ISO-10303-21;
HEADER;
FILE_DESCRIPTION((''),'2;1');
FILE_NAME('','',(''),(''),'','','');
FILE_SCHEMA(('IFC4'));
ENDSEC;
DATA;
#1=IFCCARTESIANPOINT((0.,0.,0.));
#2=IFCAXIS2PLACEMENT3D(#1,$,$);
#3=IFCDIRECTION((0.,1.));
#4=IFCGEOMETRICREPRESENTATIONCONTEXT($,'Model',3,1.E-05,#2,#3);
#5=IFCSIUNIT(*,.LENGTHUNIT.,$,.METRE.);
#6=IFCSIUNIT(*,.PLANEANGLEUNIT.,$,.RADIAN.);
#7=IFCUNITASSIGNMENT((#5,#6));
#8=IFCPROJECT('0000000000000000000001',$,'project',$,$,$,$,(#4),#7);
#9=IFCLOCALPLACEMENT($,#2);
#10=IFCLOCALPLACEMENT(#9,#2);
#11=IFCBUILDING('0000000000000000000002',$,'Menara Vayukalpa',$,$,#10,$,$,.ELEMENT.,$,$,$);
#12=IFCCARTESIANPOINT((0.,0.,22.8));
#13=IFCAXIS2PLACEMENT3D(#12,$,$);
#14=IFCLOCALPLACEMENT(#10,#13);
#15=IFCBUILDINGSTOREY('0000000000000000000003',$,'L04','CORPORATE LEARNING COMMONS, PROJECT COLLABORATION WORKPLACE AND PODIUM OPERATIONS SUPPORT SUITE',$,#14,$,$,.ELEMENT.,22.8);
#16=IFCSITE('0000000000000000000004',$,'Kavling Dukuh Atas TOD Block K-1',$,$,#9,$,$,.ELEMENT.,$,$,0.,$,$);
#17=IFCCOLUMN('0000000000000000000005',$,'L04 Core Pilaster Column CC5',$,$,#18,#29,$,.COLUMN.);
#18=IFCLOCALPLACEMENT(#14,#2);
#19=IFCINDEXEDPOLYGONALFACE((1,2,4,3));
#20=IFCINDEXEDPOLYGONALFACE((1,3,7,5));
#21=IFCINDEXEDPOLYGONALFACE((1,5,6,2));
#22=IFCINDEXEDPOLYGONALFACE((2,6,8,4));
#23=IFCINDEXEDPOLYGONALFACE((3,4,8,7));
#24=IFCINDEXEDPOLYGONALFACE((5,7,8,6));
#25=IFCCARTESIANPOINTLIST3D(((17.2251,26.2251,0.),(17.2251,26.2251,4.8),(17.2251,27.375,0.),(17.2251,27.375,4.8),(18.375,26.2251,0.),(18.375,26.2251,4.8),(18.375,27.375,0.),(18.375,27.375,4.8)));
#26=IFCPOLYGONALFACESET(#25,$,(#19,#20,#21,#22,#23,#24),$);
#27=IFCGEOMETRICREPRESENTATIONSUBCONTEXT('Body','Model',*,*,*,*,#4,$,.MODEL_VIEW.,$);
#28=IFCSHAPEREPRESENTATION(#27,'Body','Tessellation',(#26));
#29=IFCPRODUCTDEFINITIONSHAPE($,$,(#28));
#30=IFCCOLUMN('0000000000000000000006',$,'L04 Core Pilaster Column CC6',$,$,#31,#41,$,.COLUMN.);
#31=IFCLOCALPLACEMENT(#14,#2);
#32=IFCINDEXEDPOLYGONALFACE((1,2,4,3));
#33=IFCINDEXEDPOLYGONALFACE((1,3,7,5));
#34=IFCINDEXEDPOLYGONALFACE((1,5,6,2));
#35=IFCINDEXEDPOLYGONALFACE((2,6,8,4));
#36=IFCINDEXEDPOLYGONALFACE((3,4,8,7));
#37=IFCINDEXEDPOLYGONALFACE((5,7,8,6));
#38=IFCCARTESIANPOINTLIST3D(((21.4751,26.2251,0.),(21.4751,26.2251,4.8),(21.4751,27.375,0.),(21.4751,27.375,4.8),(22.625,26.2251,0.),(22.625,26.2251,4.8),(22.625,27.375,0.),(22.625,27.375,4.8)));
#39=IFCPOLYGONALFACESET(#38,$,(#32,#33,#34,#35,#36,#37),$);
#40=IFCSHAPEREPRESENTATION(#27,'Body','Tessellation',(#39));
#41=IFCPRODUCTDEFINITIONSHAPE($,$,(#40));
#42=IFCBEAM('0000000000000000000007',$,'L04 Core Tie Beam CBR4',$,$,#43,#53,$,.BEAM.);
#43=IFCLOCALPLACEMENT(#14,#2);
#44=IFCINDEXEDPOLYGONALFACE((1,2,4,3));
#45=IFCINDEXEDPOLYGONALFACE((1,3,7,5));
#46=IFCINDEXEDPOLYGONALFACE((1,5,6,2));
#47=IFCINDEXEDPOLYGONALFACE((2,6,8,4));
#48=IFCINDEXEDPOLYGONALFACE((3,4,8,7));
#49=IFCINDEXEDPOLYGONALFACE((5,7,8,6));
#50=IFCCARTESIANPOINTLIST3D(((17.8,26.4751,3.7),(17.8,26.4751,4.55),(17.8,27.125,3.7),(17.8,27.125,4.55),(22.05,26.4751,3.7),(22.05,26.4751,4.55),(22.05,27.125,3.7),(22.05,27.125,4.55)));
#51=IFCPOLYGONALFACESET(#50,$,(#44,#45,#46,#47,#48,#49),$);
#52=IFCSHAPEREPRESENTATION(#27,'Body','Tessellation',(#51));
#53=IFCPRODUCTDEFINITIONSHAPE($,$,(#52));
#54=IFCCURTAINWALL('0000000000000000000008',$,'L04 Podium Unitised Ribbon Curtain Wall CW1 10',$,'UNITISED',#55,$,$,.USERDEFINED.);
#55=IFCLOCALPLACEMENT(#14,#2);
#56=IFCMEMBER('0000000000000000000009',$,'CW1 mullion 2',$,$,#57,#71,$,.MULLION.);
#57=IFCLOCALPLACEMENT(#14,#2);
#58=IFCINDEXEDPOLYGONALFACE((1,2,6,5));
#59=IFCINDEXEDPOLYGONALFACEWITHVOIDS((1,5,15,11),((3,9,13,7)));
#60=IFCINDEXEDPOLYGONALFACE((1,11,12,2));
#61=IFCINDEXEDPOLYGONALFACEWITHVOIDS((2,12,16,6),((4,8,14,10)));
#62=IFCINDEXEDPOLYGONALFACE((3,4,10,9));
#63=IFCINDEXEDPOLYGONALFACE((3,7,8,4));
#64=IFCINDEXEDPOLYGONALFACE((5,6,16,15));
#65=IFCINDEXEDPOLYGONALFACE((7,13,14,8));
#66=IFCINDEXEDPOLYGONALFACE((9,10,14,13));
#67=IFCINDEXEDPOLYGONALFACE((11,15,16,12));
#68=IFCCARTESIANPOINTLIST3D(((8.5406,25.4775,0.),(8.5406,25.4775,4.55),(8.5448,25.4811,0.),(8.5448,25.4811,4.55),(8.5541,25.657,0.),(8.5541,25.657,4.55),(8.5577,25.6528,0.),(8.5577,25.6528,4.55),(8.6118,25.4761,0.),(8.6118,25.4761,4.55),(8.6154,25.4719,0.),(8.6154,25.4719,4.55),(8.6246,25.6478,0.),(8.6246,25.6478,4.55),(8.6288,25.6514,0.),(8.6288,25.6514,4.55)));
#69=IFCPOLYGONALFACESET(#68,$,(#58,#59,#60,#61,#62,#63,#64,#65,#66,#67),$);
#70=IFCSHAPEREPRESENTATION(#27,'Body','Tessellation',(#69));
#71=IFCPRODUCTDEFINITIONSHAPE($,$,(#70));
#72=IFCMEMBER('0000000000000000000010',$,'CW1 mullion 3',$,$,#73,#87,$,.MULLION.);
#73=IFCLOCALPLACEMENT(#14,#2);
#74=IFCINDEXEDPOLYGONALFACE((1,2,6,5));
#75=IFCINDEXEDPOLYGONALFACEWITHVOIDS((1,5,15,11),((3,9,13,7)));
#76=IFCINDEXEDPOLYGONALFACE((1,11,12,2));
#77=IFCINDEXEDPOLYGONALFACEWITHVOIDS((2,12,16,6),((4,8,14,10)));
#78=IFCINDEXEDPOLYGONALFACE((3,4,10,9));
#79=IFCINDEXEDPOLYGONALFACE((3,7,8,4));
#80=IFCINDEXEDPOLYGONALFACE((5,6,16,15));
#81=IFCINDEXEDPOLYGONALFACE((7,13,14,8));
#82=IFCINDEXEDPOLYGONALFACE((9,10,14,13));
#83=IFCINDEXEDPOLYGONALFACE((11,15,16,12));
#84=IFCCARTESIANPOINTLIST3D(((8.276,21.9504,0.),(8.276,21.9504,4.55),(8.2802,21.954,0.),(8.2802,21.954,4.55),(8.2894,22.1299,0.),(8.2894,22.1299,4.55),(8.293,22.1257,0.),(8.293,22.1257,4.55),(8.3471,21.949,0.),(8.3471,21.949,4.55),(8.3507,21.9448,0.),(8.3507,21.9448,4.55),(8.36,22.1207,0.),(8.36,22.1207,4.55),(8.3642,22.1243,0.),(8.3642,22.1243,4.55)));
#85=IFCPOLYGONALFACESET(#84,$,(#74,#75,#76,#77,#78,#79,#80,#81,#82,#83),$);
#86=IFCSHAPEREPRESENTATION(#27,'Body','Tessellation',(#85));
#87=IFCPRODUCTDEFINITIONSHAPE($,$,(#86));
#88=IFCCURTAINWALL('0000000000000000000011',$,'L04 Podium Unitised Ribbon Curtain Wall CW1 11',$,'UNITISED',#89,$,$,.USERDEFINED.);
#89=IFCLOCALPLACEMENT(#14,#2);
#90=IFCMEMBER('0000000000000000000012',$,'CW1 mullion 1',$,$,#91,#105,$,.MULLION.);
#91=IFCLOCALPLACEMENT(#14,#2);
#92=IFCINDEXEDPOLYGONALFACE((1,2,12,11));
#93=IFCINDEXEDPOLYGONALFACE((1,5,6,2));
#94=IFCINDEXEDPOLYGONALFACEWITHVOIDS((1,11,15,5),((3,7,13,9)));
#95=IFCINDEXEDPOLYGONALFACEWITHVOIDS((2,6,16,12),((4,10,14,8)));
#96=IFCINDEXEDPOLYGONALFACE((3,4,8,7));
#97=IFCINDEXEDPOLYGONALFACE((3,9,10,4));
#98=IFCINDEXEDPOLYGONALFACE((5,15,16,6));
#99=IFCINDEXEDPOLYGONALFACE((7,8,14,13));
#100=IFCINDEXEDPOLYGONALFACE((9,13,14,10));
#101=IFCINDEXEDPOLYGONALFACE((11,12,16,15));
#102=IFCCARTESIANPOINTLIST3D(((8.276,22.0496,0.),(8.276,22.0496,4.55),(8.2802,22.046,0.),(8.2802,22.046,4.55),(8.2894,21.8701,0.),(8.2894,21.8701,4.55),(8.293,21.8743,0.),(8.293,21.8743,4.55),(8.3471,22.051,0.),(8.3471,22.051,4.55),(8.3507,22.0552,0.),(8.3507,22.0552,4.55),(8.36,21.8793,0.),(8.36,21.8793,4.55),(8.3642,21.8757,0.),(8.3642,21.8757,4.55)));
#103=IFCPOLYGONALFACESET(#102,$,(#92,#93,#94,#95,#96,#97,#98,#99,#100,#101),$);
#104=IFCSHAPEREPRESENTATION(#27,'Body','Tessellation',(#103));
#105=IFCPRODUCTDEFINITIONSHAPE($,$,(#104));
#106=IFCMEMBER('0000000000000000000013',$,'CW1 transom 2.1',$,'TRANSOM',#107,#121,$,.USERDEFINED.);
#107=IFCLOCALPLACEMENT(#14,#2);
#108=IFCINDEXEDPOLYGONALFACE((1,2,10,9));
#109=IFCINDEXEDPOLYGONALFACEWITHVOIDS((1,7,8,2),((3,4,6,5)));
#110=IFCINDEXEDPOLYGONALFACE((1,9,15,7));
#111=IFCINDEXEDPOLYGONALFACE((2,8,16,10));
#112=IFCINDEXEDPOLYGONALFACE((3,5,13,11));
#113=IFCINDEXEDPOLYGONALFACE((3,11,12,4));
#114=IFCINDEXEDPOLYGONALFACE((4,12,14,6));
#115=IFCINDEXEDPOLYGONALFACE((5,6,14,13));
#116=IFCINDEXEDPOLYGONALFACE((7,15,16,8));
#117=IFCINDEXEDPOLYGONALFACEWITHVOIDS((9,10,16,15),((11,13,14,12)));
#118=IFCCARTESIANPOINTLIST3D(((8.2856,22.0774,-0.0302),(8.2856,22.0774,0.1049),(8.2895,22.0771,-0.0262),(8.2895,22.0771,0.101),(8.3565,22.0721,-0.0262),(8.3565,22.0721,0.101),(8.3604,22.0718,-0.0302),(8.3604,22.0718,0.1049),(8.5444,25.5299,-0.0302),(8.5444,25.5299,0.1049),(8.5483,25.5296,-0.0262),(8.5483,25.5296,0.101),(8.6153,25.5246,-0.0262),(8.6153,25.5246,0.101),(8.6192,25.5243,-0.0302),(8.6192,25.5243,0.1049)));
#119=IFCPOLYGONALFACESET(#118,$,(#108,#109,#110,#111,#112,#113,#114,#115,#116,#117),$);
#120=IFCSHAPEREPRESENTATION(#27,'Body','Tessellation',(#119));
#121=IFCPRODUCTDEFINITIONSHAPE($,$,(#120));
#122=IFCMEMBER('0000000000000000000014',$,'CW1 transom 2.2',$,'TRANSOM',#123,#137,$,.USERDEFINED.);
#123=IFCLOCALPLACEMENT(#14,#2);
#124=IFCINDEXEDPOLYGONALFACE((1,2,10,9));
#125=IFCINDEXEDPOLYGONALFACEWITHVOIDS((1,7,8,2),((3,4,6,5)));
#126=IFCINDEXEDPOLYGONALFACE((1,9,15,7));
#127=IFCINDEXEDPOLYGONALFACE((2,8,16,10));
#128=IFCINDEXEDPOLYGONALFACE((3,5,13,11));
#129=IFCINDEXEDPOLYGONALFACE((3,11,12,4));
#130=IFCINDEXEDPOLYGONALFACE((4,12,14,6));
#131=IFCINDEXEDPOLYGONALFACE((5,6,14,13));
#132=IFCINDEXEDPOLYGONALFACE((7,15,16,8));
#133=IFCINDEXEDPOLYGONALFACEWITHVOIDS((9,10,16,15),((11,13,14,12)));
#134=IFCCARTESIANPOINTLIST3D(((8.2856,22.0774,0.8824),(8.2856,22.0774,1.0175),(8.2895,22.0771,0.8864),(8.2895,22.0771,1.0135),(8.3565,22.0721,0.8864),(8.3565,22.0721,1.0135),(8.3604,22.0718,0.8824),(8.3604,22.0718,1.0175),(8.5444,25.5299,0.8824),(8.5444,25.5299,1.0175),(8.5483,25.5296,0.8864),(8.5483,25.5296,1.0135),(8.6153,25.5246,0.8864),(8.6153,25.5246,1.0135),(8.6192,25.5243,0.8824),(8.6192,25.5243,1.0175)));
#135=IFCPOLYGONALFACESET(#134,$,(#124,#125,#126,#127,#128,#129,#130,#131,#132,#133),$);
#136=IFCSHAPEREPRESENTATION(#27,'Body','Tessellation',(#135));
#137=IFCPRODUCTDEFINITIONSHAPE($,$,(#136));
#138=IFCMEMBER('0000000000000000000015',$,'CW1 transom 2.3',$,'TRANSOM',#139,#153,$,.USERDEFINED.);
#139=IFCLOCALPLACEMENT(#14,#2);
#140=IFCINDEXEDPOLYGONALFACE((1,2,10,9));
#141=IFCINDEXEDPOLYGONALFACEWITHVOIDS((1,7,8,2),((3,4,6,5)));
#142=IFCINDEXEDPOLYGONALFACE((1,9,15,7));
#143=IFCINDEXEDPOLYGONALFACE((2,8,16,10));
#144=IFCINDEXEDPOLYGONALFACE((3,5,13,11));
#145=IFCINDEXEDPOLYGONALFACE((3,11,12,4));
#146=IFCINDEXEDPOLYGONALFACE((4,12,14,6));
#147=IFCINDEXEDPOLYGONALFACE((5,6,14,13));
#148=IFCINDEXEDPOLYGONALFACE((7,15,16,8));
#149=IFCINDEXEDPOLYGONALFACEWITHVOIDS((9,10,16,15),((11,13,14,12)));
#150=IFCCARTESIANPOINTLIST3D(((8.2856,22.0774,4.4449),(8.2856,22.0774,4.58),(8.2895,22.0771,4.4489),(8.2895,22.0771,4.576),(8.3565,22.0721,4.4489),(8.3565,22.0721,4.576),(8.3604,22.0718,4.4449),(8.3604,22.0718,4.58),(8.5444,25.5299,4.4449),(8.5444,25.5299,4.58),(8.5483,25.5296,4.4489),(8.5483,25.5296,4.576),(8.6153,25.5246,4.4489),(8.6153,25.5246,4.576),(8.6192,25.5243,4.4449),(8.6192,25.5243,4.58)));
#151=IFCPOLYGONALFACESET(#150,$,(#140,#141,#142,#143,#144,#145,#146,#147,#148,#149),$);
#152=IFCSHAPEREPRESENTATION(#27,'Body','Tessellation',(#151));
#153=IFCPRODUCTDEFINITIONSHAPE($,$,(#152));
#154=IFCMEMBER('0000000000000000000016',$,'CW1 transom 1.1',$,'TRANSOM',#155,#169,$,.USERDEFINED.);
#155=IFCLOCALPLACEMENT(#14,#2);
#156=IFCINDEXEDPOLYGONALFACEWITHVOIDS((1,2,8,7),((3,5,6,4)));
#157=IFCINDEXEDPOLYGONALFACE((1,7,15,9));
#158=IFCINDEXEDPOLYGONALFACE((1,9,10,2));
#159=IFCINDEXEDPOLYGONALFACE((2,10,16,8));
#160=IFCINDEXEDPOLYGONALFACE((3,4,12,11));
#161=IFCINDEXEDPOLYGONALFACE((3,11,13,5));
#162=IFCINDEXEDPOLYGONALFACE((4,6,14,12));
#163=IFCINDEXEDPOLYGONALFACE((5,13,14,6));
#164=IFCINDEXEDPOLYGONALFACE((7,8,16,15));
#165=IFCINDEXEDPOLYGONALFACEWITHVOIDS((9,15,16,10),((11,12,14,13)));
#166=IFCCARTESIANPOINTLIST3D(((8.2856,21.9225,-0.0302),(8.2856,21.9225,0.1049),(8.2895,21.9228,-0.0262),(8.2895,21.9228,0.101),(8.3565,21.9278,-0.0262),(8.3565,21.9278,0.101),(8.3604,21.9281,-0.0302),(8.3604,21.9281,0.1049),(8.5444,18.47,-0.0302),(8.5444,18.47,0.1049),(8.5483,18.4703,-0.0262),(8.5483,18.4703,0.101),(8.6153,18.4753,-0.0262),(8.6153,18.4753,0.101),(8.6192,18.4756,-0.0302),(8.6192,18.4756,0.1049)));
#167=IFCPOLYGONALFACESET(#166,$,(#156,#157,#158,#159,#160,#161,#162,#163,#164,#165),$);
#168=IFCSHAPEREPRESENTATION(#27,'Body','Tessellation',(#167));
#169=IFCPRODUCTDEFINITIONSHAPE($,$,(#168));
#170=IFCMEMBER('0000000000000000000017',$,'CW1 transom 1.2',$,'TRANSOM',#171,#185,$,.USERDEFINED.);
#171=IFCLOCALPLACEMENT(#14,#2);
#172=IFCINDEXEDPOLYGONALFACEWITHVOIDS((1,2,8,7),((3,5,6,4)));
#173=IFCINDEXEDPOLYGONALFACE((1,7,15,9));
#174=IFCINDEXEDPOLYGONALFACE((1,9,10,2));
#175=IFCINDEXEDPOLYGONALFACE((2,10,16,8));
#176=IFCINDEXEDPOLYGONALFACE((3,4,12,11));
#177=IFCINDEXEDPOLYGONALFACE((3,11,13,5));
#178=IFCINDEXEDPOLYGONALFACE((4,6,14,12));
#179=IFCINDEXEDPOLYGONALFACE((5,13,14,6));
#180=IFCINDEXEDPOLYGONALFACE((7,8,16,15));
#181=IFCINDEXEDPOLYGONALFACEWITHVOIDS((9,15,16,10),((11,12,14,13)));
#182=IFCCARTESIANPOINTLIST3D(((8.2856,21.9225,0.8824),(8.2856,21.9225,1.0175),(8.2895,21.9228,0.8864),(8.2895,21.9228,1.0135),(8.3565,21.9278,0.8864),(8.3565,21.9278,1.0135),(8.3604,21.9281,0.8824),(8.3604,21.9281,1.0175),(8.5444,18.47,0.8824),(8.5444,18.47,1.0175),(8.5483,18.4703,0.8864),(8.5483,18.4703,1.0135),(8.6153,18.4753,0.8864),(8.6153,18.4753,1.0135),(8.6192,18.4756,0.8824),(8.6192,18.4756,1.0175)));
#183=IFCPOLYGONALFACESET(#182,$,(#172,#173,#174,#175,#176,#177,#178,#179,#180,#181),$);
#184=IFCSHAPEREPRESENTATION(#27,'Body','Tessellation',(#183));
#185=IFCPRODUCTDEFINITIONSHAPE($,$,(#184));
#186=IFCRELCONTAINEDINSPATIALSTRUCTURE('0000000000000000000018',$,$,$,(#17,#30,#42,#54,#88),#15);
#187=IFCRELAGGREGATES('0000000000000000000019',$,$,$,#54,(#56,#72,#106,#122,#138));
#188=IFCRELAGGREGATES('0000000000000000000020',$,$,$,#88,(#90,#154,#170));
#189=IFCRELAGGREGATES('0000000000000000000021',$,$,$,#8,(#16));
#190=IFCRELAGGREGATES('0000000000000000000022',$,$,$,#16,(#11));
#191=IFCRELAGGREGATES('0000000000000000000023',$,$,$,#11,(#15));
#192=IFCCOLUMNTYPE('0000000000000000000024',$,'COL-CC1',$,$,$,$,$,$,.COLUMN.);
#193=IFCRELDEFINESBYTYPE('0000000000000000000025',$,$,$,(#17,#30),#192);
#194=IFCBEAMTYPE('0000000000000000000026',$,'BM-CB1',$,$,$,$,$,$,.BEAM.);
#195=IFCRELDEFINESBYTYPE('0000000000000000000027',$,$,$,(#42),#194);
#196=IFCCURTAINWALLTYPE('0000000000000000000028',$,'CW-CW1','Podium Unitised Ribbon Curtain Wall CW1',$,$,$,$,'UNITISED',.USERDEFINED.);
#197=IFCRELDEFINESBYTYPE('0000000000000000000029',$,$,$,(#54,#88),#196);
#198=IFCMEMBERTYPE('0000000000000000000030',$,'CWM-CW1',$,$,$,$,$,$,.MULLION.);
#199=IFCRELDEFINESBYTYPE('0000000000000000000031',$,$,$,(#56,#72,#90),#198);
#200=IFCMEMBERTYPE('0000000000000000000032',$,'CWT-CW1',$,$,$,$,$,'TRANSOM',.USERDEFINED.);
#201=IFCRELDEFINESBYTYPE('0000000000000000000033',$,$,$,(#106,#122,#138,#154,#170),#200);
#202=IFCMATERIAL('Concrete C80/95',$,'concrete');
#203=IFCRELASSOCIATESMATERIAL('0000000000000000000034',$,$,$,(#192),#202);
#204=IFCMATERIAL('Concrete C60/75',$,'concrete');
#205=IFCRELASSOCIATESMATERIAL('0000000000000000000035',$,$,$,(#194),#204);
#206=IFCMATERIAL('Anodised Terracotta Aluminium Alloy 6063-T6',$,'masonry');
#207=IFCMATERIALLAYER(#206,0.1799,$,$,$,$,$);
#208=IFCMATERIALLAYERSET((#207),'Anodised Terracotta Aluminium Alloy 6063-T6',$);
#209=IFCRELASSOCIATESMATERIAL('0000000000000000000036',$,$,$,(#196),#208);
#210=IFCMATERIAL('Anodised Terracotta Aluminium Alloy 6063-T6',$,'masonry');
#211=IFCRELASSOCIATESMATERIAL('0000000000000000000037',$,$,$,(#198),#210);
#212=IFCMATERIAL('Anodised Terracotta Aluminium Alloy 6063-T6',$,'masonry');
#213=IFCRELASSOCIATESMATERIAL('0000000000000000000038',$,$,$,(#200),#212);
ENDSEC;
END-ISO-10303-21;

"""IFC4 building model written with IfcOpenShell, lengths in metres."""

from ifc_helpers import new_model, si_unit, direction, frame, origin, origin_2d, place, context, subcontext, project, spatial, rectangle, hollow_rectangle, extrude, material, layer, layer_set, material_profile, profile_set, type_object, element, aggregate, save


model = new_model("IFC4")

# Units and contexts
model_context = context("Model", 3, precision=1e-05, world=origin(), true_north=direction((0.0, 1.0)))
body_context = subcontext(model_context, "Body", "Model", "MODEL_VIEW")
ifc_project = project(units=[si_unit("LENGTHUNIT", "METRE"), si_unit("PLANEANGLEUNIT", "RADIAN")], contexts=[model_context])

# Site, building, storey
site_placement = place(None, origin())
site = spatial("IfcSite", under=ifc_project, at=site_placement, Name="Kavling Dukuh Atas TOD Block K-1", CompositionType="ELEMENT", RefElevation=0.0)
building_placement = place(site_placement, origin())
building = spatial("IfcBuilding", under=site, at=building_placement, Name="Menara Vayukalpa", CompositionType="ELEMENT")
storey_placement = place(building_placement, frame((0.0, 0.0, 22.8)))
storey = spatial("IfcBuildingStorey", under=building, at=storey_placement, Name="L04", Description="CORPORATE LEARNING COMMONS, PROJECT COLLABORATION WORKPLACE AND PODIUM OPERATIONS SUPPORT SUITE", CompositionType="ELEMENT", Elevation=22.8)

# Columns
ifc_material_1 = material(Name="Concrete C80/95", Category="concrete")
ifc_material_profile_1 = material_profile(ifc_material_1, rectangle(XDim=1.1499, YDim=1.1499, at=origin_2d()), Name="RC 1150x1150")
ifc_profile_set_1 = profile_set([ifc_material_profile_1], Name="Concrete C80/95")
column_type = type_object("IfcColumnType", Name="COL-CC1", PredefinedType="COLUMN", material=ifc_profile_set_1)
for number, where, z_axis, x_axis, name in (
    (1, (17.8, 26.8, 0.0), (0.0, 0.0, 1.0), (1.0, 0.0, 0.0), "L04 Core Pilaster Column CC5"),
    (2, (22.05, 26.8, 0.0), (0.0, 0.0, 1.0), (1.0, 0.0, 0.0), "L04 Core Pilaster Column CC6"),
):
    element("IfcColumn", number, at=place(storey_placement, frame(where, z_axis=z_axis, x_axis=x_axis)), inside=storey, type_object=column_type, Name=name, PredefinedType="COLUMN", context=body_context, shape_type="SweptSolid", body=[
        extrude(rectangle(XDim=1.1499, YDim=1.1499, at=origin_2d()), origin(), (0.0, 0.0, 1.0), 4.8),
    ])

# Beam
ifc_material_2 = material(Name="Concrete C60/75", Category="concrete")
ifc_material_profile_2 = material_profile(ifc_material_2, rectangle(XDim=0.6499, YDim=0.8501, at=origin_2d()), Name="RC 650x850")
ifc_profile_set_2 = profile_set([ifc_material_profile_2], Name="Concrete C60/75")
beam_type = type_object("IfcBeamType", Name="BM-CB1", PredefinedType="BEAM", material=ifc_profile_set_2)
beam_placement = place(storey_placement, frame((17.8, 26.8, 4.125), z_axis=(1.0, 0.0, 0.0), x_axis=(0.0, 1.0, 0.0)))
element("IfcBeam", 3, at=beam_placement, inside=storey, type_object=beam_type, Name="L04 Core Tie Beam CBR4", PredefinedType="BEAM", context=body_context, shape_type="SweptSolid", body=[
    extrude(rectangle(XDim=0.6499, YDim=0.8501, at=origin_2d()), origin(), (0.0, 0.0, 1.0), 4.25),
])

# Curtain wall, members
ifc_material_3 = material(Name="Anodised Terracotta Aluminium Alloy 6063-T6", Category="masonry")
ifc_layer_1 = layer(ifc_material_3, 0.1799)
ifc_layer_set_1 = layer_set([ifc_layer_1], Name="Anodised Terracotta Aluminium Alloy 6063-T6")
curtain_wall_type = type_object("IfcCurtainWallType", Name="CW-CW1", Description="Podium Unitised Ribbon Curtain Wall CW1", ElementType="UNITISED", PredefinedType="USERDEFINED", material=ifc_layer_set_1)
curtain_wall_1_placement = place(storey_placement, origin())
curtain_wall_1 = element("IfcCurtainWall", 4, at=curtain_wall_1_placement, inside=storey, type_object=curtain_wall_type, Name="L04 Podium Unitised Ribbon Curtain Wall CW1 10", ObjectType="UNITISED", PredefinedType="USERDEFINED")
ifc_material_4 = material(Name="Anodised Terracotta Aluminium Alloy 6063-T6", Category="masonry")
ifc_material_profile_3 = material_profile(ifc_material_4, hollow_rectangle(XDim=0.075, YDim=0.1799, WallThickness=0.0039, at=origin_2d()), Name="ALU 75x180x4")
ifc_profile_set_3 = profile_set([ifc_material_profile_3], Name="Anodised Terracotta Aluminium Alloy 6063-T6")
member_type_1 = type_object("IfcMemberType", Name="CWM-CW1", PredefinedType="MULLION", material=ifc_profile_set_3)
member_1_placement = place(storey_placement, frame((8.5847, 25.5645, 0.0), z_axis=(0.0, 0.0, 1.0), x_axis=(0.997199, -0.074794, 0.0)))
member_1 = element("IfcMember", 5, at=member_1_placement, type_object=member_type_1, Name="CW1 mullion 2", PredefinedType="MULLION", context=body_context, shape_type="SweptSolid", body=[
    extrude(hollow_rectangle(XDim=0.075, YDim=0.1799, WallThickness=0.0039, at=origin_2d()), origin(), (0.0, 0.0, 1.0), 4.55),
])
member_2_placement = place(storey_placement, frame((8.3201, 22.0374, 0.0), z_axis=(0.0, 0.0, 1.0), x_axis=(0.997199, -0.074794, 0.0)))
member_2 = element("IfcMember", 6, at=member_2_placement, type_object=member_type_1, Name="CW1 mullion 3", PredefinedType="MULLION", context=body_context, shape_type="SweptSolid", body=[
    extrude(hollow_rectangle(XDim=0.075, YDim=0.1799, WallThickness=0.0039, at=origin_2d()), origin(), (0.0, 0.0, 1.0), 4.55),
])

# Curtain wall, member
curtain_wall_2_placement = place(storey_placement, origin())
curtain_wall_2 = element("IfcCurtainWall", 7, at=curtain_wall_2_placement, inside=storey, type_object=curtain_wall_type, Name="L04 Podium Unitised Ribbon Curtain Wall CW1 11", ObjectType="UNITISED", PredefinedType="USERDEFINED")
member_3_placement = place(storey_placement, frame((8.3201, 21.9626, 0.0), z_axis=(0.0, 0.0, 1.0), x_axis=(0.997199, 0.074794, 0.0)))
member_3 = element("IfcMember", 8, at=member_3_placement, type_object=member_type_1, Name="CW1 mullion 1", PredefinedType="MULLION", context=body_context, shape_type="SweptSolid", body=[
    extrude(hollow_rectangle(XDim=0.075, YDim=0.1799, WallThickness=0.0039, at=origin_2d()), origin(), (0.0, 0.0, 1.0), 4.55),
])

# Members
ifc_material_5 = material(Name="Anodised Terracotta Aluminium Alloy 6063-T6", Category="masonry")
ifc_material_profile_4 = material_profile(ifc_material_5, hollow_rectangle(XDim=0.075, YDim=0.135, WallThickness=0.0039, at=origin_2d()), Name="ALU 75x135x4")
ifc_profile_set_4 = profile_set([ifc_material_profile_4], Name="Anodised Terracotta Aluminium Alloy 6063-T6")
member_type_2 = type_object("IfcMemberType", Name="CWT-CW1", ElementType="TRANSOM", PredefinedType="USERDEFINED", material=ifc_profile_set_4)
member_4_placement = place(storey_placement, frame((8.5818, 25.5271, 0.0374), z_axis=(-0.07475, -0.997202, 0.0), x_axis=(0.997202, -0.07475, 0.0)))
member_4 = element("IfcMember", 9, at=member_4_placement, type_object=member_type_2, Name="CW1 transom 2.1", ObjectType="TRANSOM", PredefinedType="USERDEFINED", context=body_context, shape_type="SweptSolid", body=[
    extrude(hollow_rectangle(XDim=0.075, YDim=0.135, WallThickness=0.0039, at=origin_2d()), origin(), (0.0, 0.0, 1.0), 3.4622),
])
member_5_placement = place(storey_placement, frame((8.5818, 25.5271, 0.95), z_axis=(-0.07475, -0.997202, 0.0), x_axis=(0.997202, -0.07475, 0.0)))
member_5 = element("IfcMember", 10, at=member_5_placement, type_object=member_type_2, Name="CW1 transom 2.2", ObjectType="TRANSOM", PredefinedType="USERDEFINED", context=body_context, shape_type="SweptSolid", body=[
    extrude(hollow_rectangle(XDim=0.075, YDim=0.135, WallThickness=0.0039, at=origin_2d()), origin(), (0.0, 0.0, 1.0), 3.4622),
])
member_6_placement = place(storey_placement, frame((8.5818, 25.5271, 4.5125), z_axis=(-0.07475, -0.997202, 0.0), x_axis=(0.997202, -0.07475, 0.0)))
member_6 = element("IfcMember", 11, at=member_6_placement, type_object=member_type_2, Name="CW1 transom 2.3", ObjectType="TRANSOM", PredefinedType="USERDEFINED", context=body_context, shape_type="SweptSolid", body=[
    extrude(hollow_rectangle(XDim=0.075, YDim=0.135, WallThickness=0.0039, at=origin_2d()), origin(), (0.0, 0.0, 1.0), 3.4622),
])
member_7_placement = place(storey_placement, frame((8.323, 21.9253, 0.0374), z_axis=(0.07475, -0.997202, 0.0), x_axis=(0.997202, 0.07475, 0.0)))
member_7 = element("IfcMember", 12, at=member_7_placement, type_object=member_type_2, Name="CW1 transom 1.1", ObjectType="TRANSOM", PredefinedType="USERDEFINED", context=body_context, shape_type="SweptSolid", body=[
    extrude(hollow_rectangle(XDim=0.075, YDim=0.135, WallThickness=0.0039, at=origin_2d()), origin(), (0.0, 0.0, 1.0), 3.4622),
])
member_8_placement = place(storey_placement, frame((8.323, 21.9253, 0.95), z_axis=(0.07475, -0.997202, 0.0), x_axis=(0.997202, 0.07475, 0.0)))
member_8 = element("IfcMember", 13, at=member_8_placement, type_object=member_type_2, Name="CW1 transom 1.2", ObjectType="TRANSOM", PredefinedType="USERDEFINED", context=body_context, shape_type="SweptSolid", body=[
    extrude(hollow_rectangle(XDim=0.075, YDim=0.135, WallThickness=0.0039, at=origin_2d()), origin(), (0.0, 0.0, 1.0), 3.4622),
])

aggregate(curtain_wall_1, [member_1, member_2, member_4, member_5, member_6])
aggregate(curtain_wall_2, [member_3, member_7, member_8])

save(model, "model.ifc")
